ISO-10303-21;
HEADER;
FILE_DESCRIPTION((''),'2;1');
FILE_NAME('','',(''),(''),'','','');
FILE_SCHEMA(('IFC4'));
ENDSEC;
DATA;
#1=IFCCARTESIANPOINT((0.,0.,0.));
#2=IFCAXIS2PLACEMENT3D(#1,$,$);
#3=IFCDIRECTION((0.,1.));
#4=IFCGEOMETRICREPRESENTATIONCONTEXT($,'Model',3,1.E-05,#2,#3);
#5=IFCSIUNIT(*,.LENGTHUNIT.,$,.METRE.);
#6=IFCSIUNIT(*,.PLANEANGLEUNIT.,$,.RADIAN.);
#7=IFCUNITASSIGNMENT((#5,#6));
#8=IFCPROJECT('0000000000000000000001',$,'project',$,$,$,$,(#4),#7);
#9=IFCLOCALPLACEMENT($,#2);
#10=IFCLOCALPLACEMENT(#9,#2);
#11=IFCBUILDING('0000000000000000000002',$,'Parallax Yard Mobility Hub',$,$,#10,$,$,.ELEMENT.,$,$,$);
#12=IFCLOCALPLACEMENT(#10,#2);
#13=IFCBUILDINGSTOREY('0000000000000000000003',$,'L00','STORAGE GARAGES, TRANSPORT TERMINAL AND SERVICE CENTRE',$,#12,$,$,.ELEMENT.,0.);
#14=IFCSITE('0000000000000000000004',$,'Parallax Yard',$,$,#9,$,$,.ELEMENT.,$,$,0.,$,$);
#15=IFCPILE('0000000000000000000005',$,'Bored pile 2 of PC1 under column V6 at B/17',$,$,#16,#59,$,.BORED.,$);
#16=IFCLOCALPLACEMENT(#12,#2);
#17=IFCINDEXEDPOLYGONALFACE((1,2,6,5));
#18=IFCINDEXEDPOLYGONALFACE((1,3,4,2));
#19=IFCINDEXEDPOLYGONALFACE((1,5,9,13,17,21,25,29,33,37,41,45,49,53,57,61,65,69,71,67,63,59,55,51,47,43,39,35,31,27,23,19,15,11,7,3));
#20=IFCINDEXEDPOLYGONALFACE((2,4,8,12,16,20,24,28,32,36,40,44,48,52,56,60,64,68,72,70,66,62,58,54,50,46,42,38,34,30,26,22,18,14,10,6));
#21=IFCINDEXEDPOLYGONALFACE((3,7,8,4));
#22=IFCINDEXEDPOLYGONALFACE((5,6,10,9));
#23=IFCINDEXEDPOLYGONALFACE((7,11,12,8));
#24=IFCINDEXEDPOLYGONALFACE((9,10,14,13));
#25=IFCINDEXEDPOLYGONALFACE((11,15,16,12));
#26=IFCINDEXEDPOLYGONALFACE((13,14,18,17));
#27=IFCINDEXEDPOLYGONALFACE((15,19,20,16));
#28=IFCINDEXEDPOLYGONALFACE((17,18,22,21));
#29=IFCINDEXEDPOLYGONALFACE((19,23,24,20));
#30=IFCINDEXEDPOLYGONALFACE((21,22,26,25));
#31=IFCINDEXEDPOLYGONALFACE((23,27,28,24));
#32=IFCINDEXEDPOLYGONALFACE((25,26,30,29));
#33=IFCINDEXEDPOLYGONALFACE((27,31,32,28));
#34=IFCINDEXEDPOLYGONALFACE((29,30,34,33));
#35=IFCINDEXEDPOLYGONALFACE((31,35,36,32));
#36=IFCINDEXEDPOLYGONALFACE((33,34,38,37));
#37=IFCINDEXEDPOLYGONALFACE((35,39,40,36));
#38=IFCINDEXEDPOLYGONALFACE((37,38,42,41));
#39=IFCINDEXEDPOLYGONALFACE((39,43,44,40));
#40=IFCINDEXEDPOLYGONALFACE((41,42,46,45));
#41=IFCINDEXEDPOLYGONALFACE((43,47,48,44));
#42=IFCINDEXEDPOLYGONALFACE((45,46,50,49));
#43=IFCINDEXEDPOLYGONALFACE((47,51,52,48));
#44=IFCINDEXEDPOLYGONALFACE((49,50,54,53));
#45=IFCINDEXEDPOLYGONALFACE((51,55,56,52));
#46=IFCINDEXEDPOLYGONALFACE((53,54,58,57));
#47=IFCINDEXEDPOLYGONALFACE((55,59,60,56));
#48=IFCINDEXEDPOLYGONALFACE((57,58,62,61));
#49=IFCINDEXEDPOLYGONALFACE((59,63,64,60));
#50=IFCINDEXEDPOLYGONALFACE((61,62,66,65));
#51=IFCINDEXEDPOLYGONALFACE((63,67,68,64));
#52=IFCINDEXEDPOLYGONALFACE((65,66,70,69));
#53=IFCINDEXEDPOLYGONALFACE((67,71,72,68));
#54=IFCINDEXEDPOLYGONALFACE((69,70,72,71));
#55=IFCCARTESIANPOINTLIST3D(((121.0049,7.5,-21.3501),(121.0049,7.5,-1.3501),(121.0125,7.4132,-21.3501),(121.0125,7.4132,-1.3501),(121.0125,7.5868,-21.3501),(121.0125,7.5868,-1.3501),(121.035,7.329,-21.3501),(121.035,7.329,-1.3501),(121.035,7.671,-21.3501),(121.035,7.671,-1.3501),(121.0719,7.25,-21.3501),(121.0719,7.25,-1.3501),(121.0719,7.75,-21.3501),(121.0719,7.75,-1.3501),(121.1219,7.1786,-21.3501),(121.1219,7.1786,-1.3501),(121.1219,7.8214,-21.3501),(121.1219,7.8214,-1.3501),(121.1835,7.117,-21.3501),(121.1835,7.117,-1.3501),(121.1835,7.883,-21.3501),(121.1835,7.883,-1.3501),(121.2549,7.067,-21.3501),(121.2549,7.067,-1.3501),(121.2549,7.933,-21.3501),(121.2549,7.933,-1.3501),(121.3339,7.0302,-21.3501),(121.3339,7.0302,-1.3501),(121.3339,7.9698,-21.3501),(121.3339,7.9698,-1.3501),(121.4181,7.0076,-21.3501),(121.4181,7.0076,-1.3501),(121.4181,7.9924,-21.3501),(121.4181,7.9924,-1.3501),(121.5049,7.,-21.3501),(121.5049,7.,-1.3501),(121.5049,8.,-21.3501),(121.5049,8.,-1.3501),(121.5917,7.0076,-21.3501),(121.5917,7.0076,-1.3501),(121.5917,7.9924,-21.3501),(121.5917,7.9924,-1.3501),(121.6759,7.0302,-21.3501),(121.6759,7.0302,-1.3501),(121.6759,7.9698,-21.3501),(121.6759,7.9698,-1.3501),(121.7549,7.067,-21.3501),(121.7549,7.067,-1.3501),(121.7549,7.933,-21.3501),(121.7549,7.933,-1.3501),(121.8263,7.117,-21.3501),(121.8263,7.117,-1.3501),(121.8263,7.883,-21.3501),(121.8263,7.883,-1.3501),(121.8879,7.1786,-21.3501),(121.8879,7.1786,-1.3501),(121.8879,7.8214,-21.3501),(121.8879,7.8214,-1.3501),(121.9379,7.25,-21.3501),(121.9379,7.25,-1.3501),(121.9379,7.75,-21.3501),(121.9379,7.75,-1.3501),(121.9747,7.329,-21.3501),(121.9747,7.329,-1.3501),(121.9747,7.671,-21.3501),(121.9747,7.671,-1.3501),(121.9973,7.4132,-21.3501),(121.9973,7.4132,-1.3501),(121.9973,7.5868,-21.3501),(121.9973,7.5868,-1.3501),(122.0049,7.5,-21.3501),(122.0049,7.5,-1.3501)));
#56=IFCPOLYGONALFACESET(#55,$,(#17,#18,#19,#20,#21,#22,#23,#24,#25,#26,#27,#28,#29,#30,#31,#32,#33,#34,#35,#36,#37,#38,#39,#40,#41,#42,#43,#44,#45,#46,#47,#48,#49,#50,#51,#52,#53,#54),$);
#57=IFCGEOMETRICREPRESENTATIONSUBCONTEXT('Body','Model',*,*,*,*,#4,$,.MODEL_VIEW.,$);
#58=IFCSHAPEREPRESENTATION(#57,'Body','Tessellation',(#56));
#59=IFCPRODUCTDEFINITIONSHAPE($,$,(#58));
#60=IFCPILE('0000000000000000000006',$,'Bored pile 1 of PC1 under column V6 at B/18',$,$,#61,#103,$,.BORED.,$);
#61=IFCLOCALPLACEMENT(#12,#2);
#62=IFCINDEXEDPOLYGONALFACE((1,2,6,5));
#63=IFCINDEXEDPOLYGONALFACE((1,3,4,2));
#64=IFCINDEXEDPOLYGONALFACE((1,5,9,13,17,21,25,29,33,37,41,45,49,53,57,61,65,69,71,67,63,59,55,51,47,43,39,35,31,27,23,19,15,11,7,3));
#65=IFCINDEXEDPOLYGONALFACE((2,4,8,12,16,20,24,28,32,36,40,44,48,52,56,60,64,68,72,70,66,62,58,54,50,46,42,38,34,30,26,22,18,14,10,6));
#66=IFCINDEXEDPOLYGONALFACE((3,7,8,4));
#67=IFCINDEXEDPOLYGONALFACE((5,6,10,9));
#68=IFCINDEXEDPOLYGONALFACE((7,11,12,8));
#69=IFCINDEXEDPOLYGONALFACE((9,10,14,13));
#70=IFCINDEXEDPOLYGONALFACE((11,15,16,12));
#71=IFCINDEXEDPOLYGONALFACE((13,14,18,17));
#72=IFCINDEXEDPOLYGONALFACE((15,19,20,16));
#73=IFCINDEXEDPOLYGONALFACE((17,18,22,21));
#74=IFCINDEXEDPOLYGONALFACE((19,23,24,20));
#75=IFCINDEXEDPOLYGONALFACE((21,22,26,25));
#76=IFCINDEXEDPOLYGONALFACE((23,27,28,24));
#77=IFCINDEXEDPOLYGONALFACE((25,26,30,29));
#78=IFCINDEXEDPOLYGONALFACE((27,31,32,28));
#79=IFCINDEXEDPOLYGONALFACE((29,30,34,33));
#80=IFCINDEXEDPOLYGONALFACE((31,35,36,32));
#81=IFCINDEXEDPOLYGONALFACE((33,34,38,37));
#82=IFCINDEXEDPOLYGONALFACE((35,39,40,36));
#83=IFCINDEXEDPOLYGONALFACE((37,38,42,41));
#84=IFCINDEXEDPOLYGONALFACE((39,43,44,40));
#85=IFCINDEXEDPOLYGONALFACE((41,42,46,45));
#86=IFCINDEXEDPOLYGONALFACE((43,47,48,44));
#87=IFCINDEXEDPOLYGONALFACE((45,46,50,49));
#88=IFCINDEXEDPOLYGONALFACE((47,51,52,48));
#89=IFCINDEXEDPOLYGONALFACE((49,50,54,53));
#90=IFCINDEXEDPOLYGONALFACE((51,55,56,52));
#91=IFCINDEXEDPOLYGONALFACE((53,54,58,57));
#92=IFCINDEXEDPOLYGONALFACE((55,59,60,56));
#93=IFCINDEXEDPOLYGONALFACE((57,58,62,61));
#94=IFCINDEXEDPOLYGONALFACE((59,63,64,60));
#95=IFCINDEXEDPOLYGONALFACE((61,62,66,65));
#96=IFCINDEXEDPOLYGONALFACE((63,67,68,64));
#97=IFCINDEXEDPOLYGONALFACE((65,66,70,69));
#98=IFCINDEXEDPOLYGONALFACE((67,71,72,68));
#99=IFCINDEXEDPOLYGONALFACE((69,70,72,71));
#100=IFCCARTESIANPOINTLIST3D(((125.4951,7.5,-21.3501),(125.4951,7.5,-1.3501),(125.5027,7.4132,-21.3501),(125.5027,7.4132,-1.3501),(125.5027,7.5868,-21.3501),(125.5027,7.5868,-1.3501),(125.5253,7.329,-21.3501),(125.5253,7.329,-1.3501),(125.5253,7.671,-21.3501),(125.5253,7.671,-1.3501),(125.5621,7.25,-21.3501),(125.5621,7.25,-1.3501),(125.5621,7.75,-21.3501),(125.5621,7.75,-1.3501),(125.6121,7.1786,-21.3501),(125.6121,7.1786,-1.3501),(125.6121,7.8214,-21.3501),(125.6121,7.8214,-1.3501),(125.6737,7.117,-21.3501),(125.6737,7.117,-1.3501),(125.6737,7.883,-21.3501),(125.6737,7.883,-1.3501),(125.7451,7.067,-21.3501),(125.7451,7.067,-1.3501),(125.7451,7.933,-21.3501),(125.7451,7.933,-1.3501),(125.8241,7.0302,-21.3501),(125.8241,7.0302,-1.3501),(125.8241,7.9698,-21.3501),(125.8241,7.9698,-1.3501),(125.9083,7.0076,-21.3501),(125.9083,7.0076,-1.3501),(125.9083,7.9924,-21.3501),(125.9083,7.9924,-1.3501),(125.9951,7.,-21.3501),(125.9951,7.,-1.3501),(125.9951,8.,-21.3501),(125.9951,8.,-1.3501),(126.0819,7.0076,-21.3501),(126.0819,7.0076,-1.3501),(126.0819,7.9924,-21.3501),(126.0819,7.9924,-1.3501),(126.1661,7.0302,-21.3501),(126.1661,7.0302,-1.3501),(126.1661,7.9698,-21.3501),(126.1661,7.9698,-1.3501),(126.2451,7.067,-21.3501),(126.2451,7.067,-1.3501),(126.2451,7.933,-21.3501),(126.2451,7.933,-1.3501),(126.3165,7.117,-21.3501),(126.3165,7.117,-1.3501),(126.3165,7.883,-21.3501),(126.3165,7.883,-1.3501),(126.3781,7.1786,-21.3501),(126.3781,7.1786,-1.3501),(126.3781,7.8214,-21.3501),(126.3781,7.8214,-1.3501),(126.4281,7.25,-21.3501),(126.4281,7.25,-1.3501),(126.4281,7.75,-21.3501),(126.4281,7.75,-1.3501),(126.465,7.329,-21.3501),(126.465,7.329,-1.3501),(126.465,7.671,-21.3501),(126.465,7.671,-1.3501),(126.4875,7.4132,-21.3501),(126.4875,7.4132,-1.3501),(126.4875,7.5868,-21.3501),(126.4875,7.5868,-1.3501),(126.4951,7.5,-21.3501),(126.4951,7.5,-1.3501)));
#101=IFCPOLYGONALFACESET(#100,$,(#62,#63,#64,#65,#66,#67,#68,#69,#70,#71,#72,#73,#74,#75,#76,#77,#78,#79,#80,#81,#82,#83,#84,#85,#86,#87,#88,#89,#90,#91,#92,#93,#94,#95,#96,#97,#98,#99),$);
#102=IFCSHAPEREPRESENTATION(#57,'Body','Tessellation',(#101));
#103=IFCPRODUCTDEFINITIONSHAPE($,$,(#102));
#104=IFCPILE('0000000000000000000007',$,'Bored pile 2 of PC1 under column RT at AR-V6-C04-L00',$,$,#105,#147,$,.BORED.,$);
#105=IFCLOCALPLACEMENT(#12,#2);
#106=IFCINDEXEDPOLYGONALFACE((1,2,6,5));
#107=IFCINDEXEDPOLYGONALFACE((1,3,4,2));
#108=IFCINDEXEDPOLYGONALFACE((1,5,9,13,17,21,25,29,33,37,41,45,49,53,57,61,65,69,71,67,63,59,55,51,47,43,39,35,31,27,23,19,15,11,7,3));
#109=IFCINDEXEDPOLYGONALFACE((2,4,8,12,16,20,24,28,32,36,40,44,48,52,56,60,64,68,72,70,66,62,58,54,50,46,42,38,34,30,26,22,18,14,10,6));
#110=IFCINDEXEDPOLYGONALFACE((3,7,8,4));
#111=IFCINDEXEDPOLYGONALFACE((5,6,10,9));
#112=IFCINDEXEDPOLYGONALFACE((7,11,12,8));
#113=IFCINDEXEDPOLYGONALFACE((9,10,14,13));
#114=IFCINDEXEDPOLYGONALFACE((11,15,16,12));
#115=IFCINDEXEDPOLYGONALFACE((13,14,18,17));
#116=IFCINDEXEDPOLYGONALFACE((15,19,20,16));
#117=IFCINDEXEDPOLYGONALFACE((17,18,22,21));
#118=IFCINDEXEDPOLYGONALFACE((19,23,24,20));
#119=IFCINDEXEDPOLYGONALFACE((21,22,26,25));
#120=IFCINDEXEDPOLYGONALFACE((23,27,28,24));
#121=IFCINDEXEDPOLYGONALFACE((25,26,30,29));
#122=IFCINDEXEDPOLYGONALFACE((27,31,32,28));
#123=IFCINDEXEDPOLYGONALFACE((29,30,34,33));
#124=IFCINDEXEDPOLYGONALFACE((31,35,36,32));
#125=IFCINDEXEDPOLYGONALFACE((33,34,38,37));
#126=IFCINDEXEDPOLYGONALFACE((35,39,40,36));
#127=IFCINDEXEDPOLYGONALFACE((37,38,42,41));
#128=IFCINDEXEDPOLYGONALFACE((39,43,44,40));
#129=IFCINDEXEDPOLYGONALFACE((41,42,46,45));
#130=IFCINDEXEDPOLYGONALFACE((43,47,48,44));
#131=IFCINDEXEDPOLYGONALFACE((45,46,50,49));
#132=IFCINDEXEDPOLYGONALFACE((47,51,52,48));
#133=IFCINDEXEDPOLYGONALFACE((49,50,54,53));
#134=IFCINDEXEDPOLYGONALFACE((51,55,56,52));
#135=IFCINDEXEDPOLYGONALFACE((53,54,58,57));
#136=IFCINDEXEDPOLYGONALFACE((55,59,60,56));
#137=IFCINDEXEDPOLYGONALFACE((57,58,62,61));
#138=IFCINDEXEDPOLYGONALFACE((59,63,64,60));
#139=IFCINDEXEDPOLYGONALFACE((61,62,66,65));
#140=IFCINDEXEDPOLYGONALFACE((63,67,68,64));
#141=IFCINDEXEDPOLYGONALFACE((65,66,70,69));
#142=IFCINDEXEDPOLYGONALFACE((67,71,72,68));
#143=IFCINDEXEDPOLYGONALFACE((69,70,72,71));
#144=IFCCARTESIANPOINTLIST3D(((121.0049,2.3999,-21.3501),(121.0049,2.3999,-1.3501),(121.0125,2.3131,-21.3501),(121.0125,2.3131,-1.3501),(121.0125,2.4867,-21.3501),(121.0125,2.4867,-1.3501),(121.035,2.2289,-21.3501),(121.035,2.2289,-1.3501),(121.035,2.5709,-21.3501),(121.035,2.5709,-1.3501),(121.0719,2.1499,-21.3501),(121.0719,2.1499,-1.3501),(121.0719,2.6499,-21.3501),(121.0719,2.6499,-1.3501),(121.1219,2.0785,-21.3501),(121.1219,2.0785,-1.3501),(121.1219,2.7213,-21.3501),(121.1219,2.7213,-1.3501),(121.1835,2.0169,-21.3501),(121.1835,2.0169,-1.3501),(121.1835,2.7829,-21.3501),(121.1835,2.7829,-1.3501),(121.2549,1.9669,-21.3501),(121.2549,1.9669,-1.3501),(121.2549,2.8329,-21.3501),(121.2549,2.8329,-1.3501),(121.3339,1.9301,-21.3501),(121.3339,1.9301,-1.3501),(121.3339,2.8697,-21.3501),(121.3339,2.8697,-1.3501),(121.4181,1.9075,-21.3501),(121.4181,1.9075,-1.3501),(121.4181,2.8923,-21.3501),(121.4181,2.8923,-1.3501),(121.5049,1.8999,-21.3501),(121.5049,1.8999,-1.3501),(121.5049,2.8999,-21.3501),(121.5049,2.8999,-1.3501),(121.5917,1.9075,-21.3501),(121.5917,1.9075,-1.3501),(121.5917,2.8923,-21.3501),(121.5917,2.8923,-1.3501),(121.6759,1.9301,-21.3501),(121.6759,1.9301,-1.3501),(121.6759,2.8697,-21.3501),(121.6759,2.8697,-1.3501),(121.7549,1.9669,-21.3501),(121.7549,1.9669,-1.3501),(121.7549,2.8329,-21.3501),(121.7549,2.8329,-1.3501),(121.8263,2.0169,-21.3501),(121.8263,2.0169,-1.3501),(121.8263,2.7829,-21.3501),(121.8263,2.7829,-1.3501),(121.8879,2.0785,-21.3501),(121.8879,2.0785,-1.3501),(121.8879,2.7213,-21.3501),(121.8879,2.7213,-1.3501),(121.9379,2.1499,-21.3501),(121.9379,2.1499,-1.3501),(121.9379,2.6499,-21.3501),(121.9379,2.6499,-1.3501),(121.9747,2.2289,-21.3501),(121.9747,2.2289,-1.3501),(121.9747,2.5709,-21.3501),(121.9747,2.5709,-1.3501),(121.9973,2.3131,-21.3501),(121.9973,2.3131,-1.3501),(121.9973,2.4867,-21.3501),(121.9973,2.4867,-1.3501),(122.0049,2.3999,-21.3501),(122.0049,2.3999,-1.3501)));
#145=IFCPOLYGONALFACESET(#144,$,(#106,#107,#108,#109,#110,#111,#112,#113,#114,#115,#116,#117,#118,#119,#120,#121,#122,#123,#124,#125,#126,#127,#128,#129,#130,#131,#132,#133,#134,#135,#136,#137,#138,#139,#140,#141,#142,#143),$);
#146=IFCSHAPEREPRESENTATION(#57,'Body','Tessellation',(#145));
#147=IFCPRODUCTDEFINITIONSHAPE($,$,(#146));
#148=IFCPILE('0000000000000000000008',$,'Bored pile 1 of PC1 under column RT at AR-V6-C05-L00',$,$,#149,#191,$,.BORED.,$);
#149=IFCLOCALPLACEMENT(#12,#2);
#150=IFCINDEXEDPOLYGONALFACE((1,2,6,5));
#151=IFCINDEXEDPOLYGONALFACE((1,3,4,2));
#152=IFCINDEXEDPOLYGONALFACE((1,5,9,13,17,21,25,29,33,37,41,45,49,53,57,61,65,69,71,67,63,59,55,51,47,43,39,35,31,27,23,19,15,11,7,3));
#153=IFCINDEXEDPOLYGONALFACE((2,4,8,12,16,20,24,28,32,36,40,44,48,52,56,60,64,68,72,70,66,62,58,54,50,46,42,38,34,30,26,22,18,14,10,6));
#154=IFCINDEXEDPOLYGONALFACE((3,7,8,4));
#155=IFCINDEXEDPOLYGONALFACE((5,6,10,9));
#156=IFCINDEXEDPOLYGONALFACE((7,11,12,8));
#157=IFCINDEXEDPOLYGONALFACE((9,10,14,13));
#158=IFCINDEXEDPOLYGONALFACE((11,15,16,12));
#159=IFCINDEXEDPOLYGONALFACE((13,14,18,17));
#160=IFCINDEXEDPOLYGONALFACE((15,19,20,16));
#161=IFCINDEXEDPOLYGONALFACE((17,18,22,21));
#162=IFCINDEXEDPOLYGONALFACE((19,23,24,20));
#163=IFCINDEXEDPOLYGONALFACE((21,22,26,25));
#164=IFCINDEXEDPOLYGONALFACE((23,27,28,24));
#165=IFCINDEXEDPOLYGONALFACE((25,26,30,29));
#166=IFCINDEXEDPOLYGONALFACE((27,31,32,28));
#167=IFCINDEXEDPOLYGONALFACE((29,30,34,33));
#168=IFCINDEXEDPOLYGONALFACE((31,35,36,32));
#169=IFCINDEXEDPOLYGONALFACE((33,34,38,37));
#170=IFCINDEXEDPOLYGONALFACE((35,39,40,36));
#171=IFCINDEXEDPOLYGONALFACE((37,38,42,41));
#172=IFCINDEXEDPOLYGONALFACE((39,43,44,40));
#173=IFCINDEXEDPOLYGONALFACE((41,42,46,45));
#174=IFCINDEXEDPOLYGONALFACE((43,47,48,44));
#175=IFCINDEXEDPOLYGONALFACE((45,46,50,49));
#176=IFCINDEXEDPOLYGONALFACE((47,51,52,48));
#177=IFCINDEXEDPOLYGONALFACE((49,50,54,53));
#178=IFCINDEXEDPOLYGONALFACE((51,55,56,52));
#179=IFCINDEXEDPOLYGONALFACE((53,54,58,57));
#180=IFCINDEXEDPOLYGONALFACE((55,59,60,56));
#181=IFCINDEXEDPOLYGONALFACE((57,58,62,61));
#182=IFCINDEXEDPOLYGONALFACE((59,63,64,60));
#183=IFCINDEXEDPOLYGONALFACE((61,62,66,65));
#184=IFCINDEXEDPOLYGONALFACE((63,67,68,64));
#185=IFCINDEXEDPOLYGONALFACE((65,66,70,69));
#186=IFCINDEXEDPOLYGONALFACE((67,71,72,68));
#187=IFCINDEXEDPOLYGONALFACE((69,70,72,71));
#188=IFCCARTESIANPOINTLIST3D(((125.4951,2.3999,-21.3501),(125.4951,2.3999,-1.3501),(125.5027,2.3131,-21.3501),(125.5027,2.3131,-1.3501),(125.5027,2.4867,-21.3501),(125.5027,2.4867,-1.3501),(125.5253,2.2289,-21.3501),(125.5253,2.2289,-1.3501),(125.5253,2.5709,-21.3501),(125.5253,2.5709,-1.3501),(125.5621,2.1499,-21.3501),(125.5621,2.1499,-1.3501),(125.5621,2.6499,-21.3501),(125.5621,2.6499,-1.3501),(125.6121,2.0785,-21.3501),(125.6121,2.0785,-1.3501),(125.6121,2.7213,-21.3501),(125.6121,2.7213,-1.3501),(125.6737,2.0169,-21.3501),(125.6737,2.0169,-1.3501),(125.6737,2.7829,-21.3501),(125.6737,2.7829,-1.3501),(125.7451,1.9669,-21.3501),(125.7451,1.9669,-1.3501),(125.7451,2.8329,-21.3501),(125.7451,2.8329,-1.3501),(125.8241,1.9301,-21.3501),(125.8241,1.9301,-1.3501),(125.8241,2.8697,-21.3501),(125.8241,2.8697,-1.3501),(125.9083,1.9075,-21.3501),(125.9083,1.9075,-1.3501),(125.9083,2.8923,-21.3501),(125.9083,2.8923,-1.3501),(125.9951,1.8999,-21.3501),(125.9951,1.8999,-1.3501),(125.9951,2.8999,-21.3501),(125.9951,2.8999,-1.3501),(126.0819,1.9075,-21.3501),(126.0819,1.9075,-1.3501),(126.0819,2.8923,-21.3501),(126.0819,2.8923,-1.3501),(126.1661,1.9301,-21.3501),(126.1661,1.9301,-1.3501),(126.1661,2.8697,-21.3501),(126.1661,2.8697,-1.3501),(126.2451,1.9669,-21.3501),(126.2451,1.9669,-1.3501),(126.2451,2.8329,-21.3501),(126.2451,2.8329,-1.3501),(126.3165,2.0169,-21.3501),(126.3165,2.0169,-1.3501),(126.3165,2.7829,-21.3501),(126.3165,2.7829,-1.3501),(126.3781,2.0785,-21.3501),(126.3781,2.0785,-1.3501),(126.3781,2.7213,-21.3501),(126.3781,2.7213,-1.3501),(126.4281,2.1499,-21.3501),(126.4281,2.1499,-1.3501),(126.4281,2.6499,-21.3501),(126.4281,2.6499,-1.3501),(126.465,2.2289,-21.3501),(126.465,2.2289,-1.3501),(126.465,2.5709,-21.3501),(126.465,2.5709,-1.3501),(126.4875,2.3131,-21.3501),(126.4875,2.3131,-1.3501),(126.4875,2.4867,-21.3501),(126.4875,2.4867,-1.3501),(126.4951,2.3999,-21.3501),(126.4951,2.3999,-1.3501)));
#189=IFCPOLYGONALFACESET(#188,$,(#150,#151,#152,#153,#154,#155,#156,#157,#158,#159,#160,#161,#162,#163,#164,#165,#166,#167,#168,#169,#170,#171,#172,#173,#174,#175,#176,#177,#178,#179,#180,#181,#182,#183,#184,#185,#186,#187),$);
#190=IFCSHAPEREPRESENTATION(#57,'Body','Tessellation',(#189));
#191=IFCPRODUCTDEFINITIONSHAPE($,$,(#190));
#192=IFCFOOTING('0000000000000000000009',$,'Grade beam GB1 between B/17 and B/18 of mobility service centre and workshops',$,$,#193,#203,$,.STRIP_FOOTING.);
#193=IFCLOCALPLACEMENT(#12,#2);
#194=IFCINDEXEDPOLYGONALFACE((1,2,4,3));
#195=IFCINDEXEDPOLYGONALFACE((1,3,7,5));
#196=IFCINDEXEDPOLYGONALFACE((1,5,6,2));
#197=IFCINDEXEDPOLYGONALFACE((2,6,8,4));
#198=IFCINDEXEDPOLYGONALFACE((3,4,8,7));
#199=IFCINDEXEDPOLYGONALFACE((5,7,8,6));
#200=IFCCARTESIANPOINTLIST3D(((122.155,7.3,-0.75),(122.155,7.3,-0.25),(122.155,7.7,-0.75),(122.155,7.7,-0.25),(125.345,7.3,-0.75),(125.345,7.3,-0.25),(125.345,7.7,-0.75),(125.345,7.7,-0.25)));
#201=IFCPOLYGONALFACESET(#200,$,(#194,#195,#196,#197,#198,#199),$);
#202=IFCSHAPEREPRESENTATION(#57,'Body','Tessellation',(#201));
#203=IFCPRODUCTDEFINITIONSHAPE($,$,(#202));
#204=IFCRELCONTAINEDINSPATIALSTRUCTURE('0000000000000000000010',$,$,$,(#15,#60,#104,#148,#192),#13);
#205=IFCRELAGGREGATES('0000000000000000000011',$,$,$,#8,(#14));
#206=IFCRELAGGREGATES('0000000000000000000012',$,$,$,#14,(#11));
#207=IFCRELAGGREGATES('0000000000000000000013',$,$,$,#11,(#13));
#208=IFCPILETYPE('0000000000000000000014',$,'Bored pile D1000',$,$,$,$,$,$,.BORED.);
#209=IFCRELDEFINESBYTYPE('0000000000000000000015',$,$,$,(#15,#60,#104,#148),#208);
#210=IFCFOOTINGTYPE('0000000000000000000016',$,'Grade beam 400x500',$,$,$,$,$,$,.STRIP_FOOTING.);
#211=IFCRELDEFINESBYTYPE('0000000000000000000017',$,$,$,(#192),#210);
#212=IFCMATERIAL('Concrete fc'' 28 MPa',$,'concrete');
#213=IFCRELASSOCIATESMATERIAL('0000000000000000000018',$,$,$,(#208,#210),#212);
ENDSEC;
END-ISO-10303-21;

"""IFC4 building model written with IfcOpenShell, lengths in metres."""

from ifc_helpers import new_model, si_unit, direction, frame, origin, origin_2d, place, context, subcontext, project, spatial, rectangle, circle, extrude, material, material_profile, profile_set, type_object, element, save


model = new_model("IFC4")

# Units and contexts
model_context = context("Model", 3, precision=1e-05, world=origin(), true_north=direction((0.0, 1.0)))
body_context = subcontext(model_context, "Body", "Model", "MODEL_VIEW")
ifc_project = project(units=[si_unit("LENGTHUNIT", "METRE"), si_unit("PLANEANGLEUNIT", "RADIAN")], contexts=[model_context])

# Site, building, storey
site_placement = place(None, origin())
site = spatial("IfcSite", under=ifc_project, at=site_placement, Name="Parallax Yard", CompositionType="ELEMENT", RefElevation=0.0)
building_placement = place(site_placement, origin())
building = spatial("IfcBuilding", under=site, at=building_placement, Name="Parallax Yard Mobility Hub", CompositionType="ELEMENT")
storey_placement = place(building_placement, origin())
storey = spatial("IfcBuildingStorey", under=building, at=storey_placement, Name="L00", Description="STORAGE GARAGES, TRANSPORT TERMINAL AND SERVICE CENTRE", CompositionType="ELEMENT", Elevation=0.0)

# Piles
ifc_material_1 = material(Name="Concrete fc' 28 MPa", Category="concrete")
ifc_material_profile_1 = material_profile(ifc_material_1, circle(Radius=0.5, at=origin_2d()), Name="Bored pile D1000")
ifc_profile_set_1 = profile_set([ifc_material_profile_1], Name="Concrete fc' 28 MPa")
pile_type = type_object("IfcPileType", Name="Bored pile D1000", PredefinedType="BORED", material=ifc_profile_set_1)
for number, where, z_axis, x_axis, name in (
    (1, (121.5049, 7.5, -1.3501), (0.0, 0.0, -1.0), (1.0, 0.0, 0.0), "Bored pile 2 of PC1 under column V6 at B/17"),
    (2, (125.9951, 7.5, -1.3501), (0.0, 0.0, -1.0), (1.0, 0.0, 0.0), "Bored pile 1 of PC1 under column V6 at B/18"),
    (3, (121.5049, 2.3999, -1.3501), (0.0, 0.0, -1.0), (1.0, 0.0, 0.0), "Bored pile 2 of PC1 under column RT at AR-V6-C04-L00"),
    (4, (125.9951, 2.3999, -1.3501), (0.0, 0.0, -1.0), (1.0, 0.0, 0.0), "Bored pile 1 of PC1 under column RT at AR-V6-C05-L00"),
):
    element("IfcPile", number, at=place(storey_placement, frame(where, z_axis=z_axis, x_axis=x_axis)), inside=storey, type_object=pile_type, Name=name, PredefinedType="BORED", context=body_context, shape_type="SweptSolid", body=[
        extrude(circle(Radius=0.5, at=origin_2d()), origin(), (0.0, 0.0, 1.0), 20.0),
    ])

# Footing
ifc_material_profile_2 = material_profile(ifc_material_1, rectangle(XDim=0.3999, YDim=0.5, at=origin_2d()), Name="Grade beam 400x500")
ifc_profile_set_2 = profile_set([ifc_material_profile_2], Name="Concrete fc' 28 MPa")
footing_type_1 = type_object("IfcFootingType", Name="Grade beam 400x500", PredefinedType="STRIP_FOOTING", material=ifc_profile_set_2)
for number, where, z_axis, x_axis, name in (
    (5, (122.155, 7.5, -0.5), (1.0, 0.0, 0.0), (0.0, 1.0, 0.0), "Grade beam GB1 between B/17 and B/18 of mobility service centre and workshops"),
):
    element("IfcFooting", number, at=place(storey_placement, frame(where, z_axis=z_axis, x_axis=x_axis)), inside=storey, type_object=footing_type_1, Name=name, PredefinedType="STRIP_FOOTING", context=body_context, shape_type="SweptSolid", body=[
        extrude(rectangle(XDim=0.3999, YDim=0.5, at=origin_2d()), origin(), (0.0, 0.0, 1.0), 3.1899),
    ])

save(model, "model.ifc")
